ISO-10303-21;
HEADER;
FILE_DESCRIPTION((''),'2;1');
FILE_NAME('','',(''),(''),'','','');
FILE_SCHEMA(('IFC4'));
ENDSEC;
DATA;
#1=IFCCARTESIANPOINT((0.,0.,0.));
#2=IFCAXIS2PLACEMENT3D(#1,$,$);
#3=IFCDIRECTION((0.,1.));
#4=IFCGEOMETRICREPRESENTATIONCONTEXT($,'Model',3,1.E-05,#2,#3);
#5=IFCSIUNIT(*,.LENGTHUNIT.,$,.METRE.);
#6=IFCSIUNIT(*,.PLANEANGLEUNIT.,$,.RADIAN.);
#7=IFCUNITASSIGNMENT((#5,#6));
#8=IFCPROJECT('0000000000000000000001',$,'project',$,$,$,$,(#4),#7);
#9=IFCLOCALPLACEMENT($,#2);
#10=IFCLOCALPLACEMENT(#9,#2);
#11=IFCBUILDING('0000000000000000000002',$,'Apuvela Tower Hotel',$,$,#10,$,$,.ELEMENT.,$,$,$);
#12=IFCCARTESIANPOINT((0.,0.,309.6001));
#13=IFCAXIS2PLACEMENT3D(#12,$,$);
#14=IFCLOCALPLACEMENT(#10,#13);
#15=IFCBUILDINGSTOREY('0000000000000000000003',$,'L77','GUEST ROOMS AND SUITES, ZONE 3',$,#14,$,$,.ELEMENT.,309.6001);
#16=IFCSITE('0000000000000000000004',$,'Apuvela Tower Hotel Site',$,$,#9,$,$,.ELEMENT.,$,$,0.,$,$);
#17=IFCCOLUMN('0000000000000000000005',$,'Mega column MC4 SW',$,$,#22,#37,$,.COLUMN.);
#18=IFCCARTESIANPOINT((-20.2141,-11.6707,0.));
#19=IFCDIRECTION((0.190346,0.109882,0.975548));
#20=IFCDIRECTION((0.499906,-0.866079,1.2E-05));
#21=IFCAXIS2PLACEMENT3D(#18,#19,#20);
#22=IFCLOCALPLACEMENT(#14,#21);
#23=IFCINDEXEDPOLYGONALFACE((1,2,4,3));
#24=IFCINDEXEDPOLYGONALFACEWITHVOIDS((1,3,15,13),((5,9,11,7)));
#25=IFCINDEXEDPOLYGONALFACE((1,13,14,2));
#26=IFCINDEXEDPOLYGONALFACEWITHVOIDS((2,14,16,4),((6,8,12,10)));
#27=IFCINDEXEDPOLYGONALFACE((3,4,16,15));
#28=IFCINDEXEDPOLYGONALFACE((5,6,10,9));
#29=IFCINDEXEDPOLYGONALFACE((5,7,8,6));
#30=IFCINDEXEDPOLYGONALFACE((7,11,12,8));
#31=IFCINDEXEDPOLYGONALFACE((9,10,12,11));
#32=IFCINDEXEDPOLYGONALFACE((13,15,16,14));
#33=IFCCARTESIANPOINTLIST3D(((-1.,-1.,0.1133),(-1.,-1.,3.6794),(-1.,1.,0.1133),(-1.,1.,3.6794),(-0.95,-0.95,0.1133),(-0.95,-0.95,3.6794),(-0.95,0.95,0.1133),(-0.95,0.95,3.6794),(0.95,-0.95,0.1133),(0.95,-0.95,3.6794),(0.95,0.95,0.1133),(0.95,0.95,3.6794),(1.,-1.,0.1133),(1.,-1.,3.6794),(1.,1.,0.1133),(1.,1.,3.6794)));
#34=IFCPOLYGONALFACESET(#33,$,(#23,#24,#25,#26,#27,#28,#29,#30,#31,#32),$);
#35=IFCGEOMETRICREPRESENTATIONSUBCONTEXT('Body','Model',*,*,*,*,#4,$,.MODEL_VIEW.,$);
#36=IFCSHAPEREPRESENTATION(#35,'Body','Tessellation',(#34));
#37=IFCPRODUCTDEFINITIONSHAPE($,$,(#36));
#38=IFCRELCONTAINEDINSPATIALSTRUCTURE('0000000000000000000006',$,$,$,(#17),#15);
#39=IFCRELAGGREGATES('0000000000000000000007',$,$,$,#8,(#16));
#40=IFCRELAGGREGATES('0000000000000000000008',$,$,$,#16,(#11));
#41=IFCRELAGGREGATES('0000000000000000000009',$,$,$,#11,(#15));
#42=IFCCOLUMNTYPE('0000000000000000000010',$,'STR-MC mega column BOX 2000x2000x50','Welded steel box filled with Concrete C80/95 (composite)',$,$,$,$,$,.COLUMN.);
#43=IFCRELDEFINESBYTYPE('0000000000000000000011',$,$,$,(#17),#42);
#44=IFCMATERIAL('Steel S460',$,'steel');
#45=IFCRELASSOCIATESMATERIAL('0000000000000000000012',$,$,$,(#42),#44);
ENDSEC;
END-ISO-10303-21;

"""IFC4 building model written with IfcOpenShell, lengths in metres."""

from ifc_helpers import new_model, si_unit, direction, frame, origin, origin_2d, place, context, subcontext, project, spatial, rectangle, hollow_rectangle, extrude, boolean, halfspace, material, material_profile, profile_set, type_object, element, save


model = new_model("IFC4")

# Units and contexts
model_context = context("Model", 3, precision=1e-05, world=origin(), true_north=direction((0.0, 1.0)))
body_context = subcontext(model_context, "Body", "Model", "MODEL_VIEW")
ifc_project = project(units=[si_unit("LENGTHUNIT", "METRE"), si_unit("PLANEANGLEUNIT", "RADIAN")], contexts=[model_context])

# Site, building, storey
site_placement = place(None, origin())
site = spatial("IfcSite", under=ifc_project, at=site_placement, Name="Apuvela Tower Hotel Site", CompositionType="ELEMENT", RefElevation=0.0)
building_placement = place(site_placement, origin())
building = spatial("IfcBuilding", under=site, at=building_placement, Name="Apuvela Tower Hotel", CompositionType="ELEMENT")
storey_placement = place(building_placement, frame((0.0, 0.0, 309.6001)))
storey = spatial("IfcBuildingStorey", under=building, at=storey_placement, Name="L77", Description="GUEST ROOMS AND SUITES, ZONE 3", CompositionType="ELEMENT", Elevation=309.6001)

# Column
ifc_material_1 = material(Name="Steel S460", Category="steel")
ifc_material_profile_1 = material_profile(ifc_material_1, hollow_rectangle(XDim=2.0, YDim=2.0, WallThickness=0.05, at=origin_2d()), Name="BOX 2000x2000x50")
ifc_material_2 = material(Name="Concrete C80/95", Category="concrete")
ifc_material_profile_2 = material_profile(ifc_material_2, rectangle(XDim=1.8999, YDim=1.8999, at=origin_2d()), Name="Concrete C80/95 infill")
ifc_profile_set = profile_set([ifc_material_profile_1, ifc_material_profile_2], Name="Steel S460")
column_type = type_object("IfcColumnType", Name="STR-MC mega column BOX 2000x2000x50", Description="Welded steel box filled with Concrete C80/95 (composite)", PredefinedType="COLUMN", material=ifc_profile_set)
column_placement = place(storey_placement, frame((-20.2141, -11.6707, 0.0), z_axis=(0.190346, 0.109882, 0.975548), x_axis=(0.499906, -0.866079, 0.000012)))
element("IfcColumn", 1, at=column_placement, inside=storey, type_object=column_type, Name="Mega column MC4 SW", PredefinedType="COLUMN", context=body_context, shape_type="SweptSolid", body=[
    boolean("DIFFERENCE", boolean("DIFFERENCE", extrude(hollow_rectangle(XDim=2.0, YDim=2.0, WallThickness=0.05, at=origin_2d()), origin(), (0.0, 0.0, 1.0), 3.7927), halfspace(frame((0.0, 0.0, 0.1133), z_axis=(0.0, 0.0, 1.0), x_axis=(1.0, 0.0, 0.0)), True)), halfspace(frame((0.0, 0.0, 3.6794), z_axis=(0.0, 0.0, 1.0), x_axis=(1.0, 0.0, 0.0)), False)),
])

save(model, "model.ifc")
